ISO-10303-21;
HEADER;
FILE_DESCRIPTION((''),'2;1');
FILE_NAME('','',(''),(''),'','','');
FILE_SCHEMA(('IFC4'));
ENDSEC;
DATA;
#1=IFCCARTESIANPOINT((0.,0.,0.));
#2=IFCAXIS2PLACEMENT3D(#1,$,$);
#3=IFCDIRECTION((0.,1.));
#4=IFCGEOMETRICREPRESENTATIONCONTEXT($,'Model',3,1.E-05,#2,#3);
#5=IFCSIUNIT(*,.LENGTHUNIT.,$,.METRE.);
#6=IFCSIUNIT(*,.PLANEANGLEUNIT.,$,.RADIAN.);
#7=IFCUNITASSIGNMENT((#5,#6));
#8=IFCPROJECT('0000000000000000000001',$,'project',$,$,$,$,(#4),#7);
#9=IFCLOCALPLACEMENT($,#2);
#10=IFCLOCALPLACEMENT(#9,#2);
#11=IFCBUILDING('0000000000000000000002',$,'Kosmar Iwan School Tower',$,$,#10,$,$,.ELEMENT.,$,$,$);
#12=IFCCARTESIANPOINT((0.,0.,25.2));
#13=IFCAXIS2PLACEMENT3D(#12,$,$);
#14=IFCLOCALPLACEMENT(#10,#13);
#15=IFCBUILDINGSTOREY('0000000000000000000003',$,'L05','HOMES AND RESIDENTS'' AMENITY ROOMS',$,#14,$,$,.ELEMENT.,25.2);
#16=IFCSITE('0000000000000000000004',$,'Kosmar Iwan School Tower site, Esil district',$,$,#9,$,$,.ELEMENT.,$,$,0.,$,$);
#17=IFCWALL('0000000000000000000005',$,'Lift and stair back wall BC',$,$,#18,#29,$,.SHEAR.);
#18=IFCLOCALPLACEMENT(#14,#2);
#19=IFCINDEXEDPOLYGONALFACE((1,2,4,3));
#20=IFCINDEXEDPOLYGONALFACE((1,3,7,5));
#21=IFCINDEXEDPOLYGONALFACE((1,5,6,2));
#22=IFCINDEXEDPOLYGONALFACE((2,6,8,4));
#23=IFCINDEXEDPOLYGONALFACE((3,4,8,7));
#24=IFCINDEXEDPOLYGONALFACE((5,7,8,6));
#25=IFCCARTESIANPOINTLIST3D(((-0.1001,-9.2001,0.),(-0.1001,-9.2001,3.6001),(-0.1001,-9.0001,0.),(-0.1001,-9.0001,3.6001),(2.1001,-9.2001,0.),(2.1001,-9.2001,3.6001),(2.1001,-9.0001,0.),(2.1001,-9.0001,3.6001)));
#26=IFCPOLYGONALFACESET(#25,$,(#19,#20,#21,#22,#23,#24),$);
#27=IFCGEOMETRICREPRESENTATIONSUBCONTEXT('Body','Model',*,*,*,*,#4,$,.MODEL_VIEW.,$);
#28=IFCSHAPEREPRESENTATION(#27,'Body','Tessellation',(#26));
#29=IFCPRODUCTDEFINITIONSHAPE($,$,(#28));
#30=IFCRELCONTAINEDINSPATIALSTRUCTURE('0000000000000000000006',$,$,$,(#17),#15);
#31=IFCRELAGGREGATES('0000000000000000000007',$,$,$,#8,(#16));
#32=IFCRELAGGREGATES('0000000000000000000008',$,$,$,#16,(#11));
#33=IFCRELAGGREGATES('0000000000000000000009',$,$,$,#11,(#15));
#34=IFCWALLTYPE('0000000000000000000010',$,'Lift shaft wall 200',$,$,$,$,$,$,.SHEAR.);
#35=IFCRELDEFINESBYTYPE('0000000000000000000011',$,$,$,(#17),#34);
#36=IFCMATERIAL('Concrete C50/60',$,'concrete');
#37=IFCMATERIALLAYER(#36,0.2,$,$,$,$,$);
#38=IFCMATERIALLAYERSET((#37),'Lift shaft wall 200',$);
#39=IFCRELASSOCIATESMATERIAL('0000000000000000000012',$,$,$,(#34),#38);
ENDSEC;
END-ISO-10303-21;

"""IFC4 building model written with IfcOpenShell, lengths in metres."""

from ifc_helpers import new_model, si_unit, direction, frame, frame_2d, origin, place, context, subcontext, project, spatial, rectangle, extrude, material, layer, layer_set, type_object, element, save


model = new_model("IFC4")

# Units and contexts
model_context = context("Model", 3, precision=1e-05, world=origin(), true_north=direction((0.0, 1.0)))
body_context = subcontext(model_context, "Body", "Model", "MODEL_VIEW")
ifc_project = project(units=[si_unit("LENGTHUNIT", "METRE"), si_unit("PLANEANGLEUNIT", "RADIAN")], contexts=[model_context])

# Site, building, storey
site_placement = place(None, origin())
site = spatial("IfcSite", under=ifc_project, at=site_placement, Name="Kosmar Iwan School Tower site, Esil district", CompositionType="ELEMENT", RefElevation=0.0)
building_placement = place(site_placement, origin())
building = spatial("IfcBuilding", under=site, at=building_placement, Name="Kosmar Iwan School Tower", CompositionType="ELEMENT")
storey_placement = place(building_placement, frame((0.0, 0.0, 25.2)))
storey = spatial("IfcBuildingStorey", under=building, at=storey_placement, Name="L05", Description="HOMES AND RESIDENTS' AMENITY ROOMS", CompositionType="ELEMENT", Elevation=25.2)

# Wall
ifc_material_1 = material(Name="Concrete C50/60", Category="concrete")
ifc_layer_1 = layer(ifc_material_1, 0.2)
ifc_layer_set_1 = layer_set([ifc_layer_1], Name="Lift shaft wall 200")
wall_type_1 = type_object("IfcWallType", Name="Lift shaft wall 200", PredefinedType="SHEAR", material=ifc_layer_set_1)
wall_1_placement = place(storey_placement, frame((-0.1001, -9.1001, 0.0), z_axis=(0.0, 0.0, 1.0), x_axis=(1.0, 0.0, 0.0)))
element("IfcWall", 1, at=wall_1_placement, inside=storey, type_object=wall_type_1, Name="Lift and stair back wall BC", PredefinedType="SHEAR", context=body_context, shape_type="SweptSolid", body=[
    extrude(rectangle(XDim=2.2002, YDim=0.2, at=frame_2d((1.1001, 0.0))), origin(), (0.0, 0.0, 1.0), 3.6001),
])

save(model, "model.ifc")
